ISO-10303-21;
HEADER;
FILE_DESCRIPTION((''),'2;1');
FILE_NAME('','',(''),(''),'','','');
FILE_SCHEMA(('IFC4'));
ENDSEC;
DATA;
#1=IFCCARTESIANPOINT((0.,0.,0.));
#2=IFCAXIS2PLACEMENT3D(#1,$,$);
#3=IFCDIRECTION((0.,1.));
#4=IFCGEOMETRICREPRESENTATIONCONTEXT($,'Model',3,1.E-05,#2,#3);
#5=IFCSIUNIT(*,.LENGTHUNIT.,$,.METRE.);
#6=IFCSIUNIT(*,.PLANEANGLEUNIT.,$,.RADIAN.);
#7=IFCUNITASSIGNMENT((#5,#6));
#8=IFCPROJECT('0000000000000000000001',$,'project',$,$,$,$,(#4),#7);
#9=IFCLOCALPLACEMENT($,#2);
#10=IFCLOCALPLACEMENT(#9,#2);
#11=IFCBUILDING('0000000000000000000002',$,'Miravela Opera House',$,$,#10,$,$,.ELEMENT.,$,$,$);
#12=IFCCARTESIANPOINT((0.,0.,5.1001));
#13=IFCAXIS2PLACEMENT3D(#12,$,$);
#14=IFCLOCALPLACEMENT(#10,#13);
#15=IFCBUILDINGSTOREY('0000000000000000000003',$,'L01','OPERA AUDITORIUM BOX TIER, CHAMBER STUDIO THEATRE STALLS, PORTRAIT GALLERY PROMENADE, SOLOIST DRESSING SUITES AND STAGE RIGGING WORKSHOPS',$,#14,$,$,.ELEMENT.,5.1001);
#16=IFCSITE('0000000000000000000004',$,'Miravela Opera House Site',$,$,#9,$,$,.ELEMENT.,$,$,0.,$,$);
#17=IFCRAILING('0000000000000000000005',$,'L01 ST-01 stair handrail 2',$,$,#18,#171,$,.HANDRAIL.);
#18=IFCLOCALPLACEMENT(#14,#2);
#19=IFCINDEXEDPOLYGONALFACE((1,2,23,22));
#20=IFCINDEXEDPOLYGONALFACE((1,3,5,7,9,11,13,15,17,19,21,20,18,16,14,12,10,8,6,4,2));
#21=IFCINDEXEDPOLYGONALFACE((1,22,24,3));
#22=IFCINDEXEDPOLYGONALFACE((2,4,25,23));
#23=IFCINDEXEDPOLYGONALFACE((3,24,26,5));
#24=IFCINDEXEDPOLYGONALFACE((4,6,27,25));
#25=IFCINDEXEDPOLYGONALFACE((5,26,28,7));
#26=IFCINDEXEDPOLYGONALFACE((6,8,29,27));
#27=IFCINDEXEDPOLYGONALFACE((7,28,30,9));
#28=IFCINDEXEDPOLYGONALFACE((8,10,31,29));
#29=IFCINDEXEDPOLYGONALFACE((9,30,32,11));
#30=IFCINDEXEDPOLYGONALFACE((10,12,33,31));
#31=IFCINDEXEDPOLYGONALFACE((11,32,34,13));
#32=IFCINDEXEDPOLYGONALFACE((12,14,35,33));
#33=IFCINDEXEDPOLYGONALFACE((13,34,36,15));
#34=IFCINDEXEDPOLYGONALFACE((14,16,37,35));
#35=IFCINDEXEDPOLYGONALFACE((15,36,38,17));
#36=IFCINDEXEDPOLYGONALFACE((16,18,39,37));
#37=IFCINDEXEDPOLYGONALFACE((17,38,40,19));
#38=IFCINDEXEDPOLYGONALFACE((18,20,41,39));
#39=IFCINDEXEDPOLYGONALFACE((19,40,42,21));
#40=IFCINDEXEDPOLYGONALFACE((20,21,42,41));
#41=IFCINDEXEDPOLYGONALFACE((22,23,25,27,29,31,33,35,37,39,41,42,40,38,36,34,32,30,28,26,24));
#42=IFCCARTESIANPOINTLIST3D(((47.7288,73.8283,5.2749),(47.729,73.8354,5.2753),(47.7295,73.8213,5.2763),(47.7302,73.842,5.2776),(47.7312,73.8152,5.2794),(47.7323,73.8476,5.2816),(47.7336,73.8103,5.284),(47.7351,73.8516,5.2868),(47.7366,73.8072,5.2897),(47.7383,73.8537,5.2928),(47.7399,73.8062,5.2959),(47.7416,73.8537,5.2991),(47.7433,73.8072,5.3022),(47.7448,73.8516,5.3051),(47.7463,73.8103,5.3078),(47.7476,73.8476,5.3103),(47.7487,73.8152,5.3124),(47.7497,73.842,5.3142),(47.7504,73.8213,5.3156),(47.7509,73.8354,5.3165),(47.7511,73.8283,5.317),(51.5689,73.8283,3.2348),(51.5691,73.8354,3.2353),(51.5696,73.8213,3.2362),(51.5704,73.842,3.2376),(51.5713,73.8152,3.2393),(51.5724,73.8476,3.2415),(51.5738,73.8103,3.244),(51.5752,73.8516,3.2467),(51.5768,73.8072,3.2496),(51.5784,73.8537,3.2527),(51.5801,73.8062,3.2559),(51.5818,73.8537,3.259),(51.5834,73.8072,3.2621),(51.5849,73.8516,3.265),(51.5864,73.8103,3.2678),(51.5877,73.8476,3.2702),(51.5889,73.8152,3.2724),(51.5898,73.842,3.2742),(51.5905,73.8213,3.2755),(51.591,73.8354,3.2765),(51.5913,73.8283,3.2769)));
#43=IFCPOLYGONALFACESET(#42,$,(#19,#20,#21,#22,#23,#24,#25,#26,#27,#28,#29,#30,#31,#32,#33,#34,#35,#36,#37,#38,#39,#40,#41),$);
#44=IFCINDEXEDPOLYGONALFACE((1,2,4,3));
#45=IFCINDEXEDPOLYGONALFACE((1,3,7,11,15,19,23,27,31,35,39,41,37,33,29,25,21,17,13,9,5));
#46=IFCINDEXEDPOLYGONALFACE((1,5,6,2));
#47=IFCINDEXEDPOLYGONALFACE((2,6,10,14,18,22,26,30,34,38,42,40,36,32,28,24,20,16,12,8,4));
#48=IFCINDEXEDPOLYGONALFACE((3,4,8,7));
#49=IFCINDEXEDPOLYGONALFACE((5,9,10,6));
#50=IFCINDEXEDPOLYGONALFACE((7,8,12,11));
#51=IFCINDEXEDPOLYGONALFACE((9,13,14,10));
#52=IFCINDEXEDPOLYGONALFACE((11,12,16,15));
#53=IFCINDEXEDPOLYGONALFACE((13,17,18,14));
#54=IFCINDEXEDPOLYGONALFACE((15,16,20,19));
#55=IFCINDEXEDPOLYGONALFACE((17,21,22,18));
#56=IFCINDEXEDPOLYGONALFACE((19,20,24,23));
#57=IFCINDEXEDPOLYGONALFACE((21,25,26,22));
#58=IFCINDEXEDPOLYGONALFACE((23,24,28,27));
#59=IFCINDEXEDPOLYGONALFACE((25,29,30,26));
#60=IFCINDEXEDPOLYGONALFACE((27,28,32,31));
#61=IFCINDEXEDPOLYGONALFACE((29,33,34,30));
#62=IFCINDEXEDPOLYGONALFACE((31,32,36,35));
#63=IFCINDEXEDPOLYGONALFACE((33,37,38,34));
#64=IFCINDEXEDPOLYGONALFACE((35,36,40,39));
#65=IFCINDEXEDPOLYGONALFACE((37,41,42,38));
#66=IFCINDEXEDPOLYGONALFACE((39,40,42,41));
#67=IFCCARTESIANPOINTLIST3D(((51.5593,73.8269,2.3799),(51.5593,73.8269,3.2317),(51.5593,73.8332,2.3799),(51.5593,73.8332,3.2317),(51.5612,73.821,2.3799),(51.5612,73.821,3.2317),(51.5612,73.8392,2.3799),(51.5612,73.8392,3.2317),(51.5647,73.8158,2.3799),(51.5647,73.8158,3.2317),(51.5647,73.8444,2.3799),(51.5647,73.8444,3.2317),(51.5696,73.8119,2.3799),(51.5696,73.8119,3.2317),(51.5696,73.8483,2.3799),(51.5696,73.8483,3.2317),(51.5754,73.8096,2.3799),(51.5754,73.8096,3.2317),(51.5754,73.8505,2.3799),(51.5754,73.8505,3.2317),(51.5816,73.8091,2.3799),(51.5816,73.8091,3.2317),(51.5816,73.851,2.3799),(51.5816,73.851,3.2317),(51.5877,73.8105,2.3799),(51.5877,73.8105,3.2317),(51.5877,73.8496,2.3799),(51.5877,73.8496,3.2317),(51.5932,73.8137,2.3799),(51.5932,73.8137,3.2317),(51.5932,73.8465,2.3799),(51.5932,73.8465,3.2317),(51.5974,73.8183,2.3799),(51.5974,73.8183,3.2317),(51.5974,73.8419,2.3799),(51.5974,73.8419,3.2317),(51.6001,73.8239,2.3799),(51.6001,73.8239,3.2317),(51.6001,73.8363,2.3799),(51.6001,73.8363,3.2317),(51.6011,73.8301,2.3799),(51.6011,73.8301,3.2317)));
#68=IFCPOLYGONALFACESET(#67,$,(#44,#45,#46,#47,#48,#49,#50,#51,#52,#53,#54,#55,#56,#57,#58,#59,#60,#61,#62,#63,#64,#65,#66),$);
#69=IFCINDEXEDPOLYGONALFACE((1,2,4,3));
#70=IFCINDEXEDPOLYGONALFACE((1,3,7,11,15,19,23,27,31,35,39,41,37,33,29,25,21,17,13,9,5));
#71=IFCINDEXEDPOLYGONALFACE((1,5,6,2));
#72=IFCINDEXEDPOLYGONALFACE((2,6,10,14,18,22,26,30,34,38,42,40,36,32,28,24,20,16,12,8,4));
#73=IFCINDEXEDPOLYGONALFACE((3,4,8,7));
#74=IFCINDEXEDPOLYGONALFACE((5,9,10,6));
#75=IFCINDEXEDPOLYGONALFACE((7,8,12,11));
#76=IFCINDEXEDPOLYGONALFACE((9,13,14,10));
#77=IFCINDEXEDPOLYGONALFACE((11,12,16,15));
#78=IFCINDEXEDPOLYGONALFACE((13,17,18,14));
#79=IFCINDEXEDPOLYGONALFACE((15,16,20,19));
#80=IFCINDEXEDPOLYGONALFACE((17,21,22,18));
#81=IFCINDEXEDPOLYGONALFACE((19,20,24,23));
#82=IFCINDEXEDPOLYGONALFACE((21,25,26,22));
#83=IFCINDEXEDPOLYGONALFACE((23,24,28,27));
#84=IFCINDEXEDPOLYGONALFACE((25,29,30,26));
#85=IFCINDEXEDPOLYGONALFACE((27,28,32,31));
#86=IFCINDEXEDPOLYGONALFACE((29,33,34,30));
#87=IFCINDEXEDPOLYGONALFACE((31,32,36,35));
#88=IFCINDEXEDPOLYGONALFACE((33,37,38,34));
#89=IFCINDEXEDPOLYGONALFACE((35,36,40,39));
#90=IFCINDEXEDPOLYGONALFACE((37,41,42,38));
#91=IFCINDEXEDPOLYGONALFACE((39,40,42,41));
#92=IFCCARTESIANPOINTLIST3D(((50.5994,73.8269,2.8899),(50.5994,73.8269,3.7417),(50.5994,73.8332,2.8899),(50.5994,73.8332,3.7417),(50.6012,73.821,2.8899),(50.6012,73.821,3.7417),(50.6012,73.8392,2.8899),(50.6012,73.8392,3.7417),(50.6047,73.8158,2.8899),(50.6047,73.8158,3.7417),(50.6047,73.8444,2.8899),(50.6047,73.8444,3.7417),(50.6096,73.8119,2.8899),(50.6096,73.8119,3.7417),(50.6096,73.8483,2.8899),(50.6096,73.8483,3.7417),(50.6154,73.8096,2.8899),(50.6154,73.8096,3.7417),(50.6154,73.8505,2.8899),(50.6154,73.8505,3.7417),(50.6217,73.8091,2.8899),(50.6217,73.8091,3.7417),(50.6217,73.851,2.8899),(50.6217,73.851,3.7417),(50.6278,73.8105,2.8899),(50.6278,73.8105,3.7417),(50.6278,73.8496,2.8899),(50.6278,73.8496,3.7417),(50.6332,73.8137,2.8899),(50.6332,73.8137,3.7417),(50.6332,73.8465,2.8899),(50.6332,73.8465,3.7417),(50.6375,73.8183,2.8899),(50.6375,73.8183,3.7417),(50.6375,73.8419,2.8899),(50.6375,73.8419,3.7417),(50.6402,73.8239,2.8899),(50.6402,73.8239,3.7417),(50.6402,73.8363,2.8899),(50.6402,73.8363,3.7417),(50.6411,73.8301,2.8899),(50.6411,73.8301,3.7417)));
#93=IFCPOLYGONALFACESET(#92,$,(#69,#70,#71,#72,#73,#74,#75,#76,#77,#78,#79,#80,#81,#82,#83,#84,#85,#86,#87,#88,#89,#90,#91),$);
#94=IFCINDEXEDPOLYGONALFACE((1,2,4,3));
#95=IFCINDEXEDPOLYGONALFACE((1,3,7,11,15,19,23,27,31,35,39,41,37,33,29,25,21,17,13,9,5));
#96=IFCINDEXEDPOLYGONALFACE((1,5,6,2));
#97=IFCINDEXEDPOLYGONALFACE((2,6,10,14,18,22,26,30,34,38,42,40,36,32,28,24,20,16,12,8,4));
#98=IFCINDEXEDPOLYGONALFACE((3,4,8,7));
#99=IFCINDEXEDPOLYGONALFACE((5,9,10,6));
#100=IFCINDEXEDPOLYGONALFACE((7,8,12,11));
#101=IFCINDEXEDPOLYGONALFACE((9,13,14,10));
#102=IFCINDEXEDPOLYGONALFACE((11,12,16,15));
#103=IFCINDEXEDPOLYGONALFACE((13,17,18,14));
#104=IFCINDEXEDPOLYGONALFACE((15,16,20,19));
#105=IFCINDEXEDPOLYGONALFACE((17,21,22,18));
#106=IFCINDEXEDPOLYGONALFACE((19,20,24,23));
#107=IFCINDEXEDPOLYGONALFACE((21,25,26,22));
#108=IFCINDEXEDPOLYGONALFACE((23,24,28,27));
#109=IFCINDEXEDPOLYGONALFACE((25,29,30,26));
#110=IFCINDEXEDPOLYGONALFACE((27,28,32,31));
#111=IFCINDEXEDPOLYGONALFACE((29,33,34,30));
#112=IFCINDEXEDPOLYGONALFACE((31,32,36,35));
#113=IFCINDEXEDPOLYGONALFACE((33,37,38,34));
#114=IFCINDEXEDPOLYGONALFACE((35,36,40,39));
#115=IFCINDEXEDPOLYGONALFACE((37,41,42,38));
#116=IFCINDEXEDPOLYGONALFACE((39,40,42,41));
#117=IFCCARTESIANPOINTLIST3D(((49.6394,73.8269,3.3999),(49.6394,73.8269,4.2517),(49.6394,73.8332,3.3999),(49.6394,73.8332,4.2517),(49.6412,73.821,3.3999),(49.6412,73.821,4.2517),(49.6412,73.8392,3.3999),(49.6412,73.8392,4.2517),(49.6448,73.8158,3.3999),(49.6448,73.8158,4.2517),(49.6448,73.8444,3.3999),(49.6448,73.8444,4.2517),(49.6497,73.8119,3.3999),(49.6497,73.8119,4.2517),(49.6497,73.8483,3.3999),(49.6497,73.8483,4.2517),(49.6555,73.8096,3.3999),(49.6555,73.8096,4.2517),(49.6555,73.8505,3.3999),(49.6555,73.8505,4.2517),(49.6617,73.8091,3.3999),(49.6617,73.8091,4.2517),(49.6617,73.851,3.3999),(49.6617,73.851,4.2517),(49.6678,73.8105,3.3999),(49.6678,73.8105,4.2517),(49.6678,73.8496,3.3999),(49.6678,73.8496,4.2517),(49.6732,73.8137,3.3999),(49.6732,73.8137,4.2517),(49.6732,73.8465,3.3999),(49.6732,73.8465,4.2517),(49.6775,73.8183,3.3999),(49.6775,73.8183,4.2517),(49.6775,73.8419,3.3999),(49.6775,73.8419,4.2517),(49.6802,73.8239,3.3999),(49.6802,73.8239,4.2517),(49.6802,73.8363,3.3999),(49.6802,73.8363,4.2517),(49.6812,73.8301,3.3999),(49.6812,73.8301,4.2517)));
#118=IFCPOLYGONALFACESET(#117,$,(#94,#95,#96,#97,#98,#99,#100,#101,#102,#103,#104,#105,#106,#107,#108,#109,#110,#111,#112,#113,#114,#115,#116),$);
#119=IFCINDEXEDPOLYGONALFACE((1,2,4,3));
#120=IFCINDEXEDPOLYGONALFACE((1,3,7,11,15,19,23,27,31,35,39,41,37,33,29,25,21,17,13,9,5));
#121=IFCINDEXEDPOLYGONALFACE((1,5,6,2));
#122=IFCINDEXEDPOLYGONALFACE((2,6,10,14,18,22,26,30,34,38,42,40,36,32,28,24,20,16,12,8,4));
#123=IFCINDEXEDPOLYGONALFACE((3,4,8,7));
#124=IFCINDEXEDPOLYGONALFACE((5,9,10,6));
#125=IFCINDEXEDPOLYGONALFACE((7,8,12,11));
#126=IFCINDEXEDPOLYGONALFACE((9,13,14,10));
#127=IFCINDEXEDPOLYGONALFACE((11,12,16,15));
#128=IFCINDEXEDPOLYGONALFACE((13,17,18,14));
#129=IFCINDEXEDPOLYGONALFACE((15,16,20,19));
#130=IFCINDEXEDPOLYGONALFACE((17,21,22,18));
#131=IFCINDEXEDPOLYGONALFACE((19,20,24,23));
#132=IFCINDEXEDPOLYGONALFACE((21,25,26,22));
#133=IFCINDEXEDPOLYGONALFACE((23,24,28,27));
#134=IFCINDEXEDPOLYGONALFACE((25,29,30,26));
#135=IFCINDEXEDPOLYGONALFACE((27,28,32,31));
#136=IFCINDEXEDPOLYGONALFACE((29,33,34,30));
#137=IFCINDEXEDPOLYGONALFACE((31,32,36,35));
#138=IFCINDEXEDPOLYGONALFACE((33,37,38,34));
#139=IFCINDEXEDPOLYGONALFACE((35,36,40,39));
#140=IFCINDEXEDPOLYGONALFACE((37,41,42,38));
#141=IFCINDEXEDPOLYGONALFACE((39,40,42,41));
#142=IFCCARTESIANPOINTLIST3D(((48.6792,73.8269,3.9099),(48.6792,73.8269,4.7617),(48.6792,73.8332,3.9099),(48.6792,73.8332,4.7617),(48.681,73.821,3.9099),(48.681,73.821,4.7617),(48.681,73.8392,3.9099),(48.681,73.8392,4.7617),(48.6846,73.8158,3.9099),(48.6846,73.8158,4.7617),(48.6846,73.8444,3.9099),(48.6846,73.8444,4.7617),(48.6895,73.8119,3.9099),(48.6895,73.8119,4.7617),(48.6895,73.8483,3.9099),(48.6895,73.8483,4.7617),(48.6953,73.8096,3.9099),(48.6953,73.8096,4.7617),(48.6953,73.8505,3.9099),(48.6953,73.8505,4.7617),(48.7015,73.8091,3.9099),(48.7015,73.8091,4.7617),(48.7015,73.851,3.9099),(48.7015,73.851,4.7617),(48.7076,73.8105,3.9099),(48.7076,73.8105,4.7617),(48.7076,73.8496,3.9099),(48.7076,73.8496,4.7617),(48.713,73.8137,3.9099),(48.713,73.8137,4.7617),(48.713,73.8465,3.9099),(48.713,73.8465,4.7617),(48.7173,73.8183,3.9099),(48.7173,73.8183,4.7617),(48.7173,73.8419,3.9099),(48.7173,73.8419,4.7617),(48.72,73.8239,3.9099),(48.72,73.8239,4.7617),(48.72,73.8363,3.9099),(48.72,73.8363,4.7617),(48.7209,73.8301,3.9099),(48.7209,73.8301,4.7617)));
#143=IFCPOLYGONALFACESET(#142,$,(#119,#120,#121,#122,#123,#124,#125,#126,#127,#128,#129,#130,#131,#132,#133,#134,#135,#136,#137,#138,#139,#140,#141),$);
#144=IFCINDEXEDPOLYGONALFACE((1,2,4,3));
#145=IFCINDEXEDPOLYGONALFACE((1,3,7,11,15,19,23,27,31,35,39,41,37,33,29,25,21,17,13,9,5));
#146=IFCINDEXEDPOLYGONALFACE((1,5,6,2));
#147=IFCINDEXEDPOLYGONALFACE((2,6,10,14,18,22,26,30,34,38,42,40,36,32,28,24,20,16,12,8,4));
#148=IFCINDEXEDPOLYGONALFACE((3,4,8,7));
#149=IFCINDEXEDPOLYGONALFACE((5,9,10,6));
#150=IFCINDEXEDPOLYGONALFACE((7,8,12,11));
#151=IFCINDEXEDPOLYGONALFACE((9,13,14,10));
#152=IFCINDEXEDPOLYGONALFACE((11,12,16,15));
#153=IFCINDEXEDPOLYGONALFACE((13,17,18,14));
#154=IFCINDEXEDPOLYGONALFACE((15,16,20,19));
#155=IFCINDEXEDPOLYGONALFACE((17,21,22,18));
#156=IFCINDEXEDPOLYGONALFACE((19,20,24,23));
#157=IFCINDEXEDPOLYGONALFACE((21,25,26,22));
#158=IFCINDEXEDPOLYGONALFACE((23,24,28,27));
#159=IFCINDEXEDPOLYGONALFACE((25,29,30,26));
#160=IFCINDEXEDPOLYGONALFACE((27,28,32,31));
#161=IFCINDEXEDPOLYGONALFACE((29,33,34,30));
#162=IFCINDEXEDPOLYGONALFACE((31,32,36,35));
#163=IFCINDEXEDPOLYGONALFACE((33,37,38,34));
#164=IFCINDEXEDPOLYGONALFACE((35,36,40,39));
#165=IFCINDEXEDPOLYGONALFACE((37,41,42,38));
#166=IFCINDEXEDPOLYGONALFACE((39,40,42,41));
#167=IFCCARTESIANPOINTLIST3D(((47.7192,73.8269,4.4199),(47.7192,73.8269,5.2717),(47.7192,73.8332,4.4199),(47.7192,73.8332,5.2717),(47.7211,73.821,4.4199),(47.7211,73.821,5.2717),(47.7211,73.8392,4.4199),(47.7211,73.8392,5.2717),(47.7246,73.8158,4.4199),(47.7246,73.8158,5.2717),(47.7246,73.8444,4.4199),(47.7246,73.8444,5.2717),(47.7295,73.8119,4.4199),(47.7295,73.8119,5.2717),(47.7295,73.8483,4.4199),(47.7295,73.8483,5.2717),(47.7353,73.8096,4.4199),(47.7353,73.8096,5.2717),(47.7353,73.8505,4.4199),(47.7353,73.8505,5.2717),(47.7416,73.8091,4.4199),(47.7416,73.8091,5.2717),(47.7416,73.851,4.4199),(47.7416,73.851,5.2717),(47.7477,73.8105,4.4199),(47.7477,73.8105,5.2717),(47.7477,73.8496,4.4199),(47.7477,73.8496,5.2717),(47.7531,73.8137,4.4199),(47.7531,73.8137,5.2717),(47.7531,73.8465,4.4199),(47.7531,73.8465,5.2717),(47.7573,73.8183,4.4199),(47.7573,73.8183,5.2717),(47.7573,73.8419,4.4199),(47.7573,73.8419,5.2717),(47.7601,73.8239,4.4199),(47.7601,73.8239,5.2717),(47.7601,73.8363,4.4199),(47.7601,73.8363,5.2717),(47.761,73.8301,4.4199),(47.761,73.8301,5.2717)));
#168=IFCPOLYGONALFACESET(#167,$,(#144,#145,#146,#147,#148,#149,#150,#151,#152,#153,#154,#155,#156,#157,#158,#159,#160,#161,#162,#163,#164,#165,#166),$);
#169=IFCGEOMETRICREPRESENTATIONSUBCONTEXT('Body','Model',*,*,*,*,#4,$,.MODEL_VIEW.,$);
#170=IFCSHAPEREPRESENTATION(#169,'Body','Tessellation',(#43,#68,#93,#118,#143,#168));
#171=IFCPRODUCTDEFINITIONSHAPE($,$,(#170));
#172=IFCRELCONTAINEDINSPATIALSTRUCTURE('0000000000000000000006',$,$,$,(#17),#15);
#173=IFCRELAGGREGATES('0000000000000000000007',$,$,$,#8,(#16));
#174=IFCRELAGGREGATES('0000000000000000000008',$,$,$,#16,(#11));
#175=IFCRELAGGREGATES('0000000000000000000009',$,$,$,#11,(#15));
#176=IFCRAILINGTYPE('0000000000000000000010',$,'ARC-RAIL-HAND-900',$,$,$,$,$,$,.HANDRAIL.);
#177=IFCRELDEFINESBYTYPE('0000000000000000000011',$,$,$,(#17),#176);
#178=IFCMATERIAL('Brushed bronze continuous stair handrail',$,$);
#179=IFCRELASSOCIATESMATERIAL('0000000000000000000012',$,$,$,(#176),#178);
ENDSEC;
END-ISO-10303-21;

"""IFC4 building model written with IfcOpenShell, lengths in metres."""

from ifc_helpers import new_model, si_unit, direction, frame, origin, origin_2d, place, context, subcontext, project, spatial, circle, extrude, material, type_object, element, save


model = new_model("IFC4")

# Units and contexts
model_context = context("Model", 3, precision=1e-05, world=origin(), true_north=direction((0.0, 1.0)))
body_context = subcontext(model_context, "Body", "Model", "MODEL_VIEW")
ifc_project = project(units=[si_unit("LENGTHUNIT", "METRE"), si_unit("PLANEANGLEUNIT", "RADIAN")], contexts=[model_context])

# Site, building, storey
site_placement = place(None, origin())
site = spatial("IfcSite", under=ifc_project, at=site_placement, Name="Miravela Opera House Site", CompositionType="ELEMENT", RefElevation=0.0)
building_placement = place(site_placement, origin())
building = spatial("IfcBuilding", under=site, at=building_placement, Name="Miravela Opera House", CompositionType="ELEMENT")
storey_placement = place(building_placement, frame((0.0, 0.0, 5.1001)))
storey = spatial("IfcBuildingStorey", under=building, at=storey_placement, Name="L01", Description="OPERA AUDITORIUM BOX TIER, CHAMBER STUDIO THEATRE STALLS, PORTRAIT GALLERY PROMENADE, SOLOIST DRESSING SUITES AND STAGE RIGGING WORKSHOPS", CompositionType="ELEMENT", Elevation=5.1001)

# Railing
ifc_material_1 = material(Name="Brushed bronze continuous stair handrail")
railing_type_1 = type_object("IfcRailingType", Name="ARC-RAIL-HAND-900", PredefinedType="HANDRAIL", material=ifc_material_1)
railing_1_placement = place(storey_placement, frame((51.5801, 73.8301, 2.3799)))
element("IfcRailing", 1, at=railing_1_placement, inside=storey, type_object=railing_type_1, Name="L01 ST-01 stair handrail 2", PredefinedType="HANDRAIL", context=body_context, shape_type="SweptSolid", body=[
    extrude(circle(Radius=0.0239, at=origin_2d()), frame((0.0, 0.0, 0.876), z_axis=(-0.883116, 0.0, 0.469154), x_axis=(0.0, -1.0, 0.0)), (0.0, 0.0, 1.0), 4.3484),
    extrude(circle(Radius=0.021, at=origin_2d()), origin(), (0.0, 0.0, 1.0), 0.8518),
    extrude(circle(Radius=0.021, at=origin_2d()), frame((-0.96, 0.0, 0.51)), (0.0, 0.0, 1.0), 0.8518),
    extrude(circle(Radius=0.021, at=origin_2d()), frame((-1.9199, 0.0, 1.02)), (0.0, 0.0, 1.0), 0.8518),
    extrude(circle(Radius=0.021, at=origin_2d()), frame((-2.8801, 0.0, 1.53)), (0.0, 0.0, 1.0), 0.8518),
    extrude(circle(Radius=0.021, at=origin_2d()), frame((-3.8401, 0.0, 2.04)), (0.0, 0.0, 1.0), 0.8518),
])

save(model, "model.ifc")
